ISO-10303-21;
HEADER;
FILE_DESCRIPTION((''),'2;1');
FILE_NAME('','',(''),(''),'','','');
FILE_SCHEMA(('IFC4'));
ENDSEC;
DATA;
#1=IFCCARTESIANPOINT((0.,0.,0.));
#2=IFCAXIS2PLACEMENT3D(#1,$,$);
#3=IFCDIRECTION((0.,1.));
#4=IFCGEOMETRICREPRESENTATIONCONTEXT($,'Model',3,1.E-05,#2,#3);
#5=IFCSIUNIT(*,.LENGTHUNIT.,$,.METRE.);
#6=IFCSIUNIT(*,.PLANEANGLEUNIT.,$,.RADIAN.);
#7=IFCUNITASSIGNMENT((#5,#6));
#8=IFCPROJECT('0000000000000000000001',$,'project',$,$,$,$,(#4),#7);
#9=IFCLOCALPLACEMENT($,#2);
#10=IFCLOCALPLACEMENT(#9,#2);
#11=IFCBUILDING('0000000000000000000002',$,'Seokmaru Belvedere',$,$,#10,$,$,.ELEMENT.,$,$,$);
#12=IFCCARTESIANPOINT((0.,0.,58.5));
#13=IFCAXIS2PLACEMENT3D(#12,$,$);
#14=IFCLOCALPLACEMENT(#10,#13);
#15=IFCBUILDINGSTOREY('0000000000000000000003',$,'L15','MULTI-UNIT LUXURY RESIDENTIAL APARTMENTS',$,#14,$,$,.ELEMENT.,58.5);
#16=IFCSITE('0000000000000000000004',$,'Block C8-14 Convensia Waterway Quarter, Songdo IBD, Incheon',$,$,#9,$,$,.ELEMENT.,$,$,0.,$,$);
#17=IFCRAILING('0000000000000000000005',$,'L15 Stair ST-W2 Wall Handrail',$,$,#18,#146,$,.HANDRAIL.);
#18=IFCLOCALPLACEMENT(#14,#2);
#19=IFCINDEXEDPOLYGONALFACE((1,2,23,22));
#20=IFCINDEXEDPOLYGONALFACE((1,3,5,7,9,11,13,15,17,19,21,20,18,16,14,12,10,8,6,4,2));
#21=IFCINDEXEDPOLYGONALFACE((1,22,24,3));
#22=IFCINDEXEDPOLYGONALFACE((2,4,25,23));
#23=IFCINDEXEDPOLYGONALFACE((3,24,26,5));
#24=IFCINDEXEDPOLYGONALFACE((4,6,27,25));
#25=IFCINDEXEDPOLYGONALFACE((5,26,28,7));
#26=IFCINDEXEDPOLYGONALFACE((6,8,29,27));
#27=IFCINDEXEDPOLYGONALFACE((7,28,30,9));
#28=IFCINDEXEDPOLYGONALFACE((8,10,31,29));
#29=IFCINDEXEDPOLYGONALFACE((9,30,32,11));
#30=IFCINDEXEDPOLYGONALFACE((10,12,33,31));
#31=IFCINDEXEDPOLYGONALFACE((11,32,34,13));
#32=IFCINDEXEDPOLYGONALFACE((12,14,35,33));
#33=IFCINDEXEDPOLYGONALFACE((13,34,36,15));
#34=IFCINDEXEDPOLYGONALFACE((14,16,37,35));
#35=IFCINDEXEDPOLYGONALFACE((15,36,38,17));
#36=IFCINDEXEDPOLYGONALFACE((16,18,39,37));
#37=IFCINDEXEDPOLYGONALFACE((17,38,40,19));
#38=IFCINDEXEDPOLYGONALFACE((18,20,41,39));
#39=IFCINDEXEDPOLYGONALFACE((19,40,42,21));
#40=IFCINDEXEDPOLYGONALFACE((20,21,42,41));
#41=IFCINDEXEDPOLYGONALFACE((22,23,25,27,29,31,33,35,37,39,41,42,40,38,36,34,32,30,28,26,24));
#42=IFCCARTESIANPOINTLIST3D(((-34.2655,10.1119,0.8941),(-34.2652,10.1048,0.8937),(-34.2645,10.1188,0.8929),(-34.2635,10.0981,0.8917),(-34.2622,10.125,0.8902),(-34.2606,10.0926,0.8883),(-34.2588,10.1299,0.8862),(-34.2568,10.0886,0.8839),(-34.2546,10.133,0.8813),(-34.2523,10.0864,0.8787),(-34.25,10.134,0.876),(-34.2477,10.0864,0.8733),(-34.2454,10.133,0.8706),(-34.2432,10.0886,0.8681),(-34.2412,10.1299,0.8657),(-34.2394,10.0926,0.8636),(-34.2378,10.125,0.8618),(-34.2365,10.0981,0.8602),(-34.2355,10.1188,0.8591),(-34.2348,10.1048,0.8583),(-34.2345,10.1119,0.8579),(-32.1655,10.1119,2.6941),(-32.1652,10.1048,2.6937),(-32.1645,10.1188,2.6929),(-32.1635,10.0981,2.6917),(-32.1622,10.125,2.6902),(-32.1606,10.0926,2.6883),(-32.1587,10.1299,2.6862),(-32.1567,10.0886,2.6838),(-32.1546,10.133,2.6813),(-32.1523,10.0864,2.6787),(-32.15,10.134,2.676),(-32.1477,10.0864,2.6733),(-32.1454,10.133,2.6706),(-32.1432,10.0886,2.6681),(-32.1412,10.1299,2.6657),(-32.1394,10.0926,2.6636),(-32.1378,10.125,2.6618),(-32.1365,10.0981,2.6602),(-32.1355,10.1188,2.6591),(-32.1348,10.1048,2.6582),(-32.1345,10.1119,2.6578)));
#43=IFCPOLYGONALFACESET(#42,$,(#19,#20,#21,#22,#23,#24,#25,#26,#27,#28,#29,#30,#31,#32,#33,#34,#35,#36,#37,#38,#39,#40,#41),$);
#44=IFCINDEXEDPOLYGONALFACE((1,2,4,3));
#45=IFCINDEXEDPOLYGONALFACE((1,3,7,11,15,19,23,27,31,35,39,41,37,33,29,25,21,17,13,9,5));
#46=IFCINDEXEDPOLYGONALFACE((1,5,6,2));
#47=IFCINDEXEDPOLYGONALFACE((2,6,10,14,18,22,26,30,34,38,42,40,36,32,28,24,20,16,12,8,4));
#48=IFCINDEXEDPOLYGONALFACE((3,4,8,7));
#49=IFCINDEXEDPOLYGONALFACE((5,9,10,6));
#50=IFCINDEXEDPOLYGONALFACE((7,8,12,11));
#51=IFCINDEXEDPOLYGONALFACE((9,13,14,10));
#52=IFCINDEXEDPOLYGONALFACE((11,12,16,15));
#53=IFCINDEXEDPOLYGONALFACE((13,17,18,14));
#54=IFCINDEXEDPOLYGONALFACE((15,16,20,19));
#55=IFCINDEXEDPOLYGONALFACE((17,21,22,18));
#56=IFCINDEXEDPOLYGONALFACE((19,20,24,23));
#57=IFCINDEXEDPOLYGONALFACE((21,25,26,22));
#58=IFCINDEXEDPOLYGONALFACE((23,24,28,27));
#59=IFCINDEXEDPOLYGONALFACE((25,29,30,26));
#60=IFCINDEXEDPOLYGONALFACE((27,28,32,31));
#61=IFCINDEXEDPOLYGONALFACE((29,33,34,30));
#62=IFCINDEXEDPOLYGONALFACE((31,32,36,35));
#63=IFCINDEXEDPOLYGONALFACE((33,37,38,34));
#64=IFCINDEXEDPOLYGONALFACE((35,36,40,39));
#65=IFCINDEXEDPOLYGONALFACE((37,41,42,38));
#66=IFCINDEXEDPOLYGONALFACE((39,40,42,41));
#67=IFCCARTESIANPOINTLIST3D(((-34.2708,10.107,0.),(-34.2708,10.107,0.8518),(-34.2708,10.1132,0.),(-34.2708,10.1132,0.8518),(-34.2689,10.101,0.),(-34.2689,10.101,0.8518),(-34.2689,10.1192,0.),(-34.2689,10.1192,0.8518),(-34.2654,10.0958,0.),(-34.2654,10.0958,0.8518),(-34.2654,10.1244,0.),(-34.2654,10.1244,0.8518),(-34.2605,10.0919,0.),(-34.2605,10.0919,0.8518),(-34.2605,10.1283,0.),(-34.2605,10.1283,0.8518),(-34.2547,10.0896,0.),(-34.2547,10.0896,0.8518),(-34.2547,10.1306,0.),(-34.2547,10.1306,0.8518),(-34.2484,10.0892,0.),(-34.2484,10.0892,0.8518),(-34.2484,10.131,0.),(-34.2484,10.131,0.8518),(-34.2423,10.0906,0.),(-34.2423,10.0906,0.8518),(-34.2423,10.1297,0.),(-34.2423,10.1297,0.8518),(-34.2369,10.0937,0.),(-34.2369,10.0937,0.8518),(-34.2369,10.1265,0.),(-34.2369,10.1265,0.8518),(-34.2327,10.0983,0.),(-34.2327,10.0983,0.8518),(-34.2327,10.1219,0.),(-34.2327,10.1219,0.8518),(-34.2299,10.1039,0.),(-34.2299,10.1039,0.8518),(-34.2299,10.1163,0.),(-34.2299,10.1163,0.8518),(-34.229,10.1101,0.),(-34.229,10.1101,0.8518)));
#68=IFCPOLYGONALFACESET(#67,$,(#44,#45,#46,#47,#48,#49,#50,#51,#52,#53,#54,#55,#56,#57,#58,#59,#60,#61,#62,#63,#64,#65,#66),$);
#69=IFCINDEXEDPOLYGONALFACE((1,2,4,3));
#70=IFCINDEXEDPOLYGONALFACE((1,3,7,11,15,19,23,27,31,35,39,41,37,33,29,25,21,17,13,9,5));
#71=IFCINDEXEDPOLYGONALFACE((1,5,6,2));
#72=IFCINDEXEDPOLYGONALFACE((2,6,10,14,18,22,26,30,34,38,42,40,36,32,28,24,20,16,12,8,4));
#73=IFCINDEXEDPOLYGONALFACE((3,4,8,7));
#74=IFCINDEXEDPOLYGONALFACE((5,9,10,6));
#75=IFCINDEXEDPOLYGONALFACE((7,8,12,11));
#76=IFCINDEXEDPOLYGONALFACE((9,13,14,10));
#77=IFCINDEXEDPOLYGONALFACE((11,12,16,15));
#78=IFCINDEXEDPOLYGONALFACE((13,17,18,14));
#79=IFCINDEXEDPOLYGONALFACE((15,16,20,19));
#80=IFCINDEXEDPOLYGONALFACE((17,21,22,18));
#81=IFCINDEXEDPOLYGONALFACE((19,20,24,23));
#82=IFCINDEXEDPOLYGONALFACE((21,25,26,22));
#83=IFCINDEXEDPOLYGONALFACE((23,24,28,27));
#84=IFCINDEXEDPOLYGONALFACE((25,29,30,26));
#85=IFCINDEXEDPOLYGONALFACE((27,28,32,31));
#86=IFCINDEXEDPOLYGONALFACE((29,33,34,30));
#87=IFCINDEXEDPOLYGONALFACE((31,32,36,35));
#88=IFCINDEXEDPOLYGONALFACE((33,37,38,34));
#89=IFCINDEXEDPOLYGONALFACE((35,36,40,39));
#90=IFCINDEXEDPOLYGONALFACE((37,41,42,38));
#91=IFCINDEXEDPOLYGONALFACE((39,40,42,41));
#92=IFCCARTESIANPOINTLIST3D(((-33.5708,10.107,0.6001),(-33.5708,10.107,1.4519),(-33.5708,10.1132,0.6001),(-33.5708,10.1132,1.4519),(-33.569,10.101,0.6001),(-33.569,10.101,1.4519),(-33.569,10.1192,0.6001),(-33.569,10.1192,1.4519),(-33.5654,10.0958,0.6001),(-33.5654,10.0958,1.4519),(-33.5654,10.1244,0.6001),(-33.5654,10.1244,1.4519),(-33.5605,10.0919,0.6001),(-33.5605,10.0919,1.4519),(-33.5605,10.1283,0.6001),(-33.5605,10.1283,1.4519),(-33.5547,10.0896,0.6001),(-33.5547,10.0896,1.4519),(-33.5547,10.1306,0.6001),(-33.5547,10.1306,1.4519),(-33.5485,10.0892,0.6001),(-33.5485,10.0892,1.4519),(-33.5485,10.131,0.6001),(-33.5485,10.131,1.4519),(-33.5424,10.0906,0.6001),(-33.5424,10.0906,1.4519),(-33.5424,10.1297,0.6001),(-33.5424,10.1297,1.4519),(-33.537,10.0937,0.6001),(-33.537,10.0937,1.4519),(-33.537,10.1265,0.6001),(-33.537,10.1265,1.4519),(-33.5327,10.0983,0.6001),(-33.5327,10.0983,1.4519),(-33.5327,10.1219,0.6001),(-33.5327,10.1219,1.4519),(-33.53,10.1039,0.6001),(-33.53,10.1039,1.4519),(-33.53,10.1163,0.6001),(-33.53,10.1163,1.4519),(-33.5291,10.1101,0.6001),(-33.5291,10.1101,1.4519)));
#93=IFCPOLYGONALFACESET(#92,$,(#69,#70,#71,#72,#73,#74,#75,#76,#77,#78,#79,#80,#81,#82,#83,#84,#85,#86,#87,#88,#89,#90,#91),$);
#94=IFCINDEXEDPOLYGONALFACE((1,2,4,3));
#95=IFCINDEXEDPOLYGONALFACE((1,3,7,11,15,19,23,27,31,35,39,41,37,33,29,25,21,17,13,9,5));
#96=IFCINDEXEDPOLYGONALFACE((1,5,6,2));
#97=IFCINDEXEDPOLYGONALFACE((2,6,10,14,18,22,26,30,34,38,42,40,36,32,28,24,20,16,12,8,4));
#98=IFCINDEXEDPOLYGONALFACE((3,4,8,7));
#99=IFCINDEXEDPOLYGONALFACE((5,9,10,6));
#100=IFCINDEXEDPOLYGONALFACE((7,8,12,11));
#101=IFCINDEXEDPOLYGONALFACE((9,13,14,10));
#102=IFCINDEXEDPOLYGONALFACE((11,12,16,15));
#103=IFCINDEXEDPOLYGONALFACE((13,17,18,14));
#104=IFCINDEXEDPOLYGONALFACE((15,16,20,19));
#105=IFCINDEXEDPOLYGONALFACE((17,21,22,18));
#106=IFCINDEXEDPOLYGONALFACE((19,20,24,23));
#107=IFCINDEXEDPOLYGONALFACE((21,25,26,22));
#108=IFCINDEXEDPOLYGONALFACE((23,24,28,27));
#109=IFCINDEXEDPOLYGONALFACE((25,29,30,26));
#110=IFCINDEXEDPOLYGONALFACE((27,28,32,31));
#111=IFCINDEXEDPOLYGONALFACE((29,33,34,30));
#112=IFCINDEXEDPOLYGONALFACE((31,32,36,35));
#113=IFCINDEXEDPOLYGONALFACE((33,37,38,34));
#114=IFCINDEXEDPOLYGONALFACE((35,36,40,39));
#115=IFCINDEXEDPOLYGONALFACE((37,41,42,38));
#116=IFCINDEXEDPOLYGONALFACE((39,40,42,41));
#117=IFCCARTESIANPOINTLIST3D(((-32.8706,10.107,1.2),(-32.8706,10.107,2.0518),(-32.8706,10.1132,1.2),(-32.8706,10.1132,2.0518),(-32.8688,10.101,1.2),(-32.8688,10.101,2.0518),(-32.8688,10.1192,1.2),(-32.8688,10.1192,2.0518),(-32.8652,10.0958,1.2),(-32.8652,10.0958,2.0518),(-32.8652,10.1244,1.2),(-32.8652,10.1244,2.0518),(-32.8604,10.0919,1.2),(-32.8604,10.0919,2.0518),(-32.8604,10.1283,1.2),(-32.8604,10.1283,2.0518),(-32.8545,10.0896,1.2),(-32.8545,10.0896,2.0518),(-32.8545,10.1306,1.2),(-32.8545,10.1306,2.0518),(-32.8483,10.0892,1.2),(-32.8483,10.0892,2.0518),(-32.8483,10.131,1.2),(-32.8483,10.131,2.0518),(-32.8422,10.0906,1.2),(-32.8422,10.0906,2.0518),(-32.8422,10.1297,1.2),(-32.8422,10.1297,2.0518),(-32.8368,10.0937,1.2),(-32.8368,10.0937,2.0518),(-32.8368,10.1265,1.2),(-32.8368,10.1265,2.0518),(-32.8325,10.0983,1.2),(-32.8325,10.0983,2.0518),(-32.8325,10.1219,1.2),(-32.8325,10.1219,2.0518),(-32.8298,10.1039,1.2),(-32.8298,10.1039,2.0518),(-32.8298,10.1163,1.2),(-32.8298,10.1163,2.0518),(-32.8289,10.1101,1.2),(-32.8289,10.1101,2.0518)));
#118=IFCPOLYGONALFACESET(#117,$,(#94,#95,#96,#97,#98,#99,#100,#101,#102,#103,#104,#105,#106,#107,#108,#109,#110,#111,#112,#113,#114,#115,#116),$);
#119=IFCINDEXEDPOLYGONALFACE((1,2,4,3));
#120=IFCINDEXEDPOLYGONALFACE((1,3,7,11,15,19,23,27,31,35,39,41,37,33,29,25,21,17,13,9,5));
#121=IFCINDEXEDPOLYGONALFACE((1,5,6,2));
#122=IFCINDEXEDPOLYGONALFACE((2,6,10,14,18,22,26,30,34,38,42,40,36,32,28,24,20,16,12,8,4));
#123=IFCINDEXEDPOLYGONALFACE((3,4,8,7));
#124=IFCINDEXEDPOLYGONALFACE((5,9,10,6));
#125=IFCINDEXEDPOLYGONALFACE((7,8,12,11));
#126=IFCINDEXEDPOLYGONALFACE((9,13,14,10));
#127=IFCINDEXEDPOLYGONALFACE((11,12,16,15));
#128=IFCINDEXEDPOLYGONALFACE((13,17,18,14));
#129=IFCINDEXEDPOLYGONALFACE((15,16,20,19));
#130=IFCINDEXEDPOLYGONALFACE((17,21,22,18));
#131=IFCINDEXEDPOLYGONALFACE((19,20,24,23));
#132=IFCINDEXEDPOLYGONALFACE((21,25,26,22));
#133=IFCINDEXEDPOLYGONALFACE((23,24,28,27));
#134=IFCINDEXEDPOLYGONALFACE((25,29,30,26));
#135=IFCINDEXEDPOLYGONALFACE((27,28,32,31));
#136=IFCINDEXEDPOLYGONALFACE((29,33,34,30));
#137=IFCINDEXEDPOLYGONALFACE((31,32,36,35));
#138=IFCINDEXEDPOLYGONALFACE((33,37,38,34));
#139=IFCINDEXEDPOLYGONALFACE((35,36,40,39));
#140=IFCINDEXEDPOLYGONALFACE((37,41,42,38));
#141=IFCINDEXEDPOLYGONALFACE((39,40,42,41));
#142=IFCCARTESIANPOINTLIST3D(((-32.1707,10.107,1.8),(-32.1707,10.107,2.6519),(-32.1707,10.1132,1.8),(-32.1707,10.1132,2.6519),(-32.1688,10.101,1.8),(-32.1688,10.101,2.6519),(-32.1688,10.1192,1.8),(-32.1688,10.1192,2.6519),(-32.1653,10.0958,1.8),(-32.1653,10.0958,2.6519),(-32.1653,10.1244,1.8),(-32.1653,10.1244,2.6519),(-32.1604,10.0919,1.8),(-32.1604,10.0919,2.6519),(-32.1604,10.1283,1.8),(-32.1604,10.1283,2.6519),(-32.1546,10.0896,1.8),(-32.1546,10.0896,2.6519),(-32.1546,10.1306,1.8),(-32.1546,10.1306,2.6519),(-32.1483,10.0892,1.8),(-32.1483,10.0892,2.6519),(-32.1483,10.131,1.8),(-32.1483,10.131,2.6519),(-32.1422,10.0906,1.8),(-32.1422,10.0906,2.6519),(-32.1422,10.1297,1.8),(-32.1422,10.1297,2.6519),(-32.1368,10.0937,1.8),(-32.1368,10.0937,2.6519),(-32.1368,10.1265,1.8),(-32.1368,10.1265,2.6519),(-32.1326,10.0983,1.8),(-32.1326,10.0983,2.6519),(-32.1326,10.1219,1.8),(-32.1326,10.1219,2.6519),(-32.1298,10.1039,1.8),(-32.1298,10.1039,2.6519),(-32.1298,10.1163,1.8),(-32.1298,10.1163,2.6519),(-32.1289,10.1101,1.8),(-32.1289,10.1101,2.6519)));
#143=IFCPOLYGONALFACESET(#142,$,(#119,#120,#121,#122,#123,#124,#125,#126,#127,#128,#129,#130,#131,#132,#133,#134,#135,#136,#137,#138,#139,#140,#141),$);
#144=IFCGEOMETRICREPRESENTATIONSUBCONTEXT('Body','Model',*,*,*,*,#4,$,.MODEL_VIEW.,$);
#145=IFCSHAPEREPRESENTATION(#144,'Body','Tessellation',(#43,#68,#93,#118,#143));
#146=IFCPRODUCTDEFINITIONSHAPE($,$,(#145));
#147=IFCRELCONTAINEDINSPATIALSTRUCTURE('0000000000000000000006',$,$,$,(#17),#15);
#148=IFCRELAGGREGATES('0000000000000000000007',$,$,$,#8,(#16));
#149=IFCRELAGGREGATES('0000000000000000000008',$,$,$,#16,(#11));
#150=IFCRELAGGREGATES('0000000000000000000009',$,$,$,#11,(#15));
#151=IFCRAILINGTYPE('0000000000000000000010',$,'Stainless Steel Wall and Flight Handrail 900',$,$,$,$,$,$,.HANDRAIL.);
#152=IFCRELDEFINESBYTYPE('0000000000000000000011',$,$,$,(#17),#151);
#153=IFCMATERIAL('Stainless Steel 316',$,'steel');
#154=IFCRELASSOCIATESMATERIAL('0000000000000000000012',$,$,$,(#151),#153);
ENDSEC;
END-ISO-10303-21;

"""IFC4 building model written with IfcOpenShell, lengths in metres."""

from ifc_helpers import new_model, si_unit, direction, frame, origin, origin_2d, place, context, subcontext, project, spatial, circle, extrude, material, type_object, element, save


model = new_model("IFC4")

# Units and contexts
model_context = context("Model", 3, precision=1e-05, world=origin(), true_north=direction((0.0, 1.0)))
body_context = subcontext(model_context, "Body", "Model", "MODEL_VIEW")
ifc_project = project(units=[si_unit("LENGTHUNIT", "METRE"), si_unit("PLANEANGLEUNIT", "RADIAN")], contexts=[model_context])

# Site, building, storey
site_placement = place(None, origin())
site = spatial("IfcSite", under=ifc_project, at=site_placement, Name="Block C8-14 Convensia Waterway Quarter, Songdo IBD, Incheon", CompositionType="ELEMENT", RefElevation=0.0)
building_placement = place(site_placement, origin())
building = spatial("IfcBuilding", under=site, at=building_placement, Name="Seokmaru Belvedere", CompositionType="ELEMENT")
storey_placement = place(building_placement, frame((0.0, 0.0, 58.5)))
storey = spatial("IfcBuildingStorey", under=building, at=storey_placement, Name="L15", Description="MULTI-UNIT LUXURY RESIDENTIAL APARTMENTS", CompositionType="ELEMENT", Elevation=58.5)

# Railing
ifc_material_1 = material(Name="Stainless Steel 316", Category="steel")
railing_type_1 = type_object("IfcRailingType", Name="Stainless Steel Wall and Flight Handrail 900", PredefinedType="HANDRAIL", material=ifc_material_1)
railing_1_placement = place(storey_placement, frame((-34.25, 10.1101, 0.0)))
element("IfcRailing", 1, at=railing_1_placement, inside=storey, type_object=railing_type_1, Name="L15 Stair ST-W2 Wall Handrail", PredefinedType="HANDRAIL", context=body_context, shape_type="SweptSolid", body=[
    extrude(circle(Radius=0.0239, at=origin_2d()), frame((0.0, 0.0, 0.876), z_axis=(0.759263, 0.0, 0.650784), x_axis=(0.0, 1.0, 0.0)), (0.0, 0.0, 1.0), 2.7659),
    extrude(circle(Radius=0.021, at=origin_2d()), origin(), (0.0, 0.0, 1.0), 0.8518),
    extrude(circle(Radius=0.021, at=origin_2d()), frame((0.7, 0.0, 0.6001)), (0.0, 0.0, 1.0), 0.8518),
    extrude(circle(Radius=0.021, at=origin_2d()), frame((1.4001, 0.0, 1.2)), (0.0, 0.0, 1.0), 0.8518),
    extrude(circle(Radius=0.021, at=origin_2d()), frame((2.1001, 0.0, 1.8)), (0.0, 0.0, 1.0), 0.8518),
])

save(model, "model.ifc")
